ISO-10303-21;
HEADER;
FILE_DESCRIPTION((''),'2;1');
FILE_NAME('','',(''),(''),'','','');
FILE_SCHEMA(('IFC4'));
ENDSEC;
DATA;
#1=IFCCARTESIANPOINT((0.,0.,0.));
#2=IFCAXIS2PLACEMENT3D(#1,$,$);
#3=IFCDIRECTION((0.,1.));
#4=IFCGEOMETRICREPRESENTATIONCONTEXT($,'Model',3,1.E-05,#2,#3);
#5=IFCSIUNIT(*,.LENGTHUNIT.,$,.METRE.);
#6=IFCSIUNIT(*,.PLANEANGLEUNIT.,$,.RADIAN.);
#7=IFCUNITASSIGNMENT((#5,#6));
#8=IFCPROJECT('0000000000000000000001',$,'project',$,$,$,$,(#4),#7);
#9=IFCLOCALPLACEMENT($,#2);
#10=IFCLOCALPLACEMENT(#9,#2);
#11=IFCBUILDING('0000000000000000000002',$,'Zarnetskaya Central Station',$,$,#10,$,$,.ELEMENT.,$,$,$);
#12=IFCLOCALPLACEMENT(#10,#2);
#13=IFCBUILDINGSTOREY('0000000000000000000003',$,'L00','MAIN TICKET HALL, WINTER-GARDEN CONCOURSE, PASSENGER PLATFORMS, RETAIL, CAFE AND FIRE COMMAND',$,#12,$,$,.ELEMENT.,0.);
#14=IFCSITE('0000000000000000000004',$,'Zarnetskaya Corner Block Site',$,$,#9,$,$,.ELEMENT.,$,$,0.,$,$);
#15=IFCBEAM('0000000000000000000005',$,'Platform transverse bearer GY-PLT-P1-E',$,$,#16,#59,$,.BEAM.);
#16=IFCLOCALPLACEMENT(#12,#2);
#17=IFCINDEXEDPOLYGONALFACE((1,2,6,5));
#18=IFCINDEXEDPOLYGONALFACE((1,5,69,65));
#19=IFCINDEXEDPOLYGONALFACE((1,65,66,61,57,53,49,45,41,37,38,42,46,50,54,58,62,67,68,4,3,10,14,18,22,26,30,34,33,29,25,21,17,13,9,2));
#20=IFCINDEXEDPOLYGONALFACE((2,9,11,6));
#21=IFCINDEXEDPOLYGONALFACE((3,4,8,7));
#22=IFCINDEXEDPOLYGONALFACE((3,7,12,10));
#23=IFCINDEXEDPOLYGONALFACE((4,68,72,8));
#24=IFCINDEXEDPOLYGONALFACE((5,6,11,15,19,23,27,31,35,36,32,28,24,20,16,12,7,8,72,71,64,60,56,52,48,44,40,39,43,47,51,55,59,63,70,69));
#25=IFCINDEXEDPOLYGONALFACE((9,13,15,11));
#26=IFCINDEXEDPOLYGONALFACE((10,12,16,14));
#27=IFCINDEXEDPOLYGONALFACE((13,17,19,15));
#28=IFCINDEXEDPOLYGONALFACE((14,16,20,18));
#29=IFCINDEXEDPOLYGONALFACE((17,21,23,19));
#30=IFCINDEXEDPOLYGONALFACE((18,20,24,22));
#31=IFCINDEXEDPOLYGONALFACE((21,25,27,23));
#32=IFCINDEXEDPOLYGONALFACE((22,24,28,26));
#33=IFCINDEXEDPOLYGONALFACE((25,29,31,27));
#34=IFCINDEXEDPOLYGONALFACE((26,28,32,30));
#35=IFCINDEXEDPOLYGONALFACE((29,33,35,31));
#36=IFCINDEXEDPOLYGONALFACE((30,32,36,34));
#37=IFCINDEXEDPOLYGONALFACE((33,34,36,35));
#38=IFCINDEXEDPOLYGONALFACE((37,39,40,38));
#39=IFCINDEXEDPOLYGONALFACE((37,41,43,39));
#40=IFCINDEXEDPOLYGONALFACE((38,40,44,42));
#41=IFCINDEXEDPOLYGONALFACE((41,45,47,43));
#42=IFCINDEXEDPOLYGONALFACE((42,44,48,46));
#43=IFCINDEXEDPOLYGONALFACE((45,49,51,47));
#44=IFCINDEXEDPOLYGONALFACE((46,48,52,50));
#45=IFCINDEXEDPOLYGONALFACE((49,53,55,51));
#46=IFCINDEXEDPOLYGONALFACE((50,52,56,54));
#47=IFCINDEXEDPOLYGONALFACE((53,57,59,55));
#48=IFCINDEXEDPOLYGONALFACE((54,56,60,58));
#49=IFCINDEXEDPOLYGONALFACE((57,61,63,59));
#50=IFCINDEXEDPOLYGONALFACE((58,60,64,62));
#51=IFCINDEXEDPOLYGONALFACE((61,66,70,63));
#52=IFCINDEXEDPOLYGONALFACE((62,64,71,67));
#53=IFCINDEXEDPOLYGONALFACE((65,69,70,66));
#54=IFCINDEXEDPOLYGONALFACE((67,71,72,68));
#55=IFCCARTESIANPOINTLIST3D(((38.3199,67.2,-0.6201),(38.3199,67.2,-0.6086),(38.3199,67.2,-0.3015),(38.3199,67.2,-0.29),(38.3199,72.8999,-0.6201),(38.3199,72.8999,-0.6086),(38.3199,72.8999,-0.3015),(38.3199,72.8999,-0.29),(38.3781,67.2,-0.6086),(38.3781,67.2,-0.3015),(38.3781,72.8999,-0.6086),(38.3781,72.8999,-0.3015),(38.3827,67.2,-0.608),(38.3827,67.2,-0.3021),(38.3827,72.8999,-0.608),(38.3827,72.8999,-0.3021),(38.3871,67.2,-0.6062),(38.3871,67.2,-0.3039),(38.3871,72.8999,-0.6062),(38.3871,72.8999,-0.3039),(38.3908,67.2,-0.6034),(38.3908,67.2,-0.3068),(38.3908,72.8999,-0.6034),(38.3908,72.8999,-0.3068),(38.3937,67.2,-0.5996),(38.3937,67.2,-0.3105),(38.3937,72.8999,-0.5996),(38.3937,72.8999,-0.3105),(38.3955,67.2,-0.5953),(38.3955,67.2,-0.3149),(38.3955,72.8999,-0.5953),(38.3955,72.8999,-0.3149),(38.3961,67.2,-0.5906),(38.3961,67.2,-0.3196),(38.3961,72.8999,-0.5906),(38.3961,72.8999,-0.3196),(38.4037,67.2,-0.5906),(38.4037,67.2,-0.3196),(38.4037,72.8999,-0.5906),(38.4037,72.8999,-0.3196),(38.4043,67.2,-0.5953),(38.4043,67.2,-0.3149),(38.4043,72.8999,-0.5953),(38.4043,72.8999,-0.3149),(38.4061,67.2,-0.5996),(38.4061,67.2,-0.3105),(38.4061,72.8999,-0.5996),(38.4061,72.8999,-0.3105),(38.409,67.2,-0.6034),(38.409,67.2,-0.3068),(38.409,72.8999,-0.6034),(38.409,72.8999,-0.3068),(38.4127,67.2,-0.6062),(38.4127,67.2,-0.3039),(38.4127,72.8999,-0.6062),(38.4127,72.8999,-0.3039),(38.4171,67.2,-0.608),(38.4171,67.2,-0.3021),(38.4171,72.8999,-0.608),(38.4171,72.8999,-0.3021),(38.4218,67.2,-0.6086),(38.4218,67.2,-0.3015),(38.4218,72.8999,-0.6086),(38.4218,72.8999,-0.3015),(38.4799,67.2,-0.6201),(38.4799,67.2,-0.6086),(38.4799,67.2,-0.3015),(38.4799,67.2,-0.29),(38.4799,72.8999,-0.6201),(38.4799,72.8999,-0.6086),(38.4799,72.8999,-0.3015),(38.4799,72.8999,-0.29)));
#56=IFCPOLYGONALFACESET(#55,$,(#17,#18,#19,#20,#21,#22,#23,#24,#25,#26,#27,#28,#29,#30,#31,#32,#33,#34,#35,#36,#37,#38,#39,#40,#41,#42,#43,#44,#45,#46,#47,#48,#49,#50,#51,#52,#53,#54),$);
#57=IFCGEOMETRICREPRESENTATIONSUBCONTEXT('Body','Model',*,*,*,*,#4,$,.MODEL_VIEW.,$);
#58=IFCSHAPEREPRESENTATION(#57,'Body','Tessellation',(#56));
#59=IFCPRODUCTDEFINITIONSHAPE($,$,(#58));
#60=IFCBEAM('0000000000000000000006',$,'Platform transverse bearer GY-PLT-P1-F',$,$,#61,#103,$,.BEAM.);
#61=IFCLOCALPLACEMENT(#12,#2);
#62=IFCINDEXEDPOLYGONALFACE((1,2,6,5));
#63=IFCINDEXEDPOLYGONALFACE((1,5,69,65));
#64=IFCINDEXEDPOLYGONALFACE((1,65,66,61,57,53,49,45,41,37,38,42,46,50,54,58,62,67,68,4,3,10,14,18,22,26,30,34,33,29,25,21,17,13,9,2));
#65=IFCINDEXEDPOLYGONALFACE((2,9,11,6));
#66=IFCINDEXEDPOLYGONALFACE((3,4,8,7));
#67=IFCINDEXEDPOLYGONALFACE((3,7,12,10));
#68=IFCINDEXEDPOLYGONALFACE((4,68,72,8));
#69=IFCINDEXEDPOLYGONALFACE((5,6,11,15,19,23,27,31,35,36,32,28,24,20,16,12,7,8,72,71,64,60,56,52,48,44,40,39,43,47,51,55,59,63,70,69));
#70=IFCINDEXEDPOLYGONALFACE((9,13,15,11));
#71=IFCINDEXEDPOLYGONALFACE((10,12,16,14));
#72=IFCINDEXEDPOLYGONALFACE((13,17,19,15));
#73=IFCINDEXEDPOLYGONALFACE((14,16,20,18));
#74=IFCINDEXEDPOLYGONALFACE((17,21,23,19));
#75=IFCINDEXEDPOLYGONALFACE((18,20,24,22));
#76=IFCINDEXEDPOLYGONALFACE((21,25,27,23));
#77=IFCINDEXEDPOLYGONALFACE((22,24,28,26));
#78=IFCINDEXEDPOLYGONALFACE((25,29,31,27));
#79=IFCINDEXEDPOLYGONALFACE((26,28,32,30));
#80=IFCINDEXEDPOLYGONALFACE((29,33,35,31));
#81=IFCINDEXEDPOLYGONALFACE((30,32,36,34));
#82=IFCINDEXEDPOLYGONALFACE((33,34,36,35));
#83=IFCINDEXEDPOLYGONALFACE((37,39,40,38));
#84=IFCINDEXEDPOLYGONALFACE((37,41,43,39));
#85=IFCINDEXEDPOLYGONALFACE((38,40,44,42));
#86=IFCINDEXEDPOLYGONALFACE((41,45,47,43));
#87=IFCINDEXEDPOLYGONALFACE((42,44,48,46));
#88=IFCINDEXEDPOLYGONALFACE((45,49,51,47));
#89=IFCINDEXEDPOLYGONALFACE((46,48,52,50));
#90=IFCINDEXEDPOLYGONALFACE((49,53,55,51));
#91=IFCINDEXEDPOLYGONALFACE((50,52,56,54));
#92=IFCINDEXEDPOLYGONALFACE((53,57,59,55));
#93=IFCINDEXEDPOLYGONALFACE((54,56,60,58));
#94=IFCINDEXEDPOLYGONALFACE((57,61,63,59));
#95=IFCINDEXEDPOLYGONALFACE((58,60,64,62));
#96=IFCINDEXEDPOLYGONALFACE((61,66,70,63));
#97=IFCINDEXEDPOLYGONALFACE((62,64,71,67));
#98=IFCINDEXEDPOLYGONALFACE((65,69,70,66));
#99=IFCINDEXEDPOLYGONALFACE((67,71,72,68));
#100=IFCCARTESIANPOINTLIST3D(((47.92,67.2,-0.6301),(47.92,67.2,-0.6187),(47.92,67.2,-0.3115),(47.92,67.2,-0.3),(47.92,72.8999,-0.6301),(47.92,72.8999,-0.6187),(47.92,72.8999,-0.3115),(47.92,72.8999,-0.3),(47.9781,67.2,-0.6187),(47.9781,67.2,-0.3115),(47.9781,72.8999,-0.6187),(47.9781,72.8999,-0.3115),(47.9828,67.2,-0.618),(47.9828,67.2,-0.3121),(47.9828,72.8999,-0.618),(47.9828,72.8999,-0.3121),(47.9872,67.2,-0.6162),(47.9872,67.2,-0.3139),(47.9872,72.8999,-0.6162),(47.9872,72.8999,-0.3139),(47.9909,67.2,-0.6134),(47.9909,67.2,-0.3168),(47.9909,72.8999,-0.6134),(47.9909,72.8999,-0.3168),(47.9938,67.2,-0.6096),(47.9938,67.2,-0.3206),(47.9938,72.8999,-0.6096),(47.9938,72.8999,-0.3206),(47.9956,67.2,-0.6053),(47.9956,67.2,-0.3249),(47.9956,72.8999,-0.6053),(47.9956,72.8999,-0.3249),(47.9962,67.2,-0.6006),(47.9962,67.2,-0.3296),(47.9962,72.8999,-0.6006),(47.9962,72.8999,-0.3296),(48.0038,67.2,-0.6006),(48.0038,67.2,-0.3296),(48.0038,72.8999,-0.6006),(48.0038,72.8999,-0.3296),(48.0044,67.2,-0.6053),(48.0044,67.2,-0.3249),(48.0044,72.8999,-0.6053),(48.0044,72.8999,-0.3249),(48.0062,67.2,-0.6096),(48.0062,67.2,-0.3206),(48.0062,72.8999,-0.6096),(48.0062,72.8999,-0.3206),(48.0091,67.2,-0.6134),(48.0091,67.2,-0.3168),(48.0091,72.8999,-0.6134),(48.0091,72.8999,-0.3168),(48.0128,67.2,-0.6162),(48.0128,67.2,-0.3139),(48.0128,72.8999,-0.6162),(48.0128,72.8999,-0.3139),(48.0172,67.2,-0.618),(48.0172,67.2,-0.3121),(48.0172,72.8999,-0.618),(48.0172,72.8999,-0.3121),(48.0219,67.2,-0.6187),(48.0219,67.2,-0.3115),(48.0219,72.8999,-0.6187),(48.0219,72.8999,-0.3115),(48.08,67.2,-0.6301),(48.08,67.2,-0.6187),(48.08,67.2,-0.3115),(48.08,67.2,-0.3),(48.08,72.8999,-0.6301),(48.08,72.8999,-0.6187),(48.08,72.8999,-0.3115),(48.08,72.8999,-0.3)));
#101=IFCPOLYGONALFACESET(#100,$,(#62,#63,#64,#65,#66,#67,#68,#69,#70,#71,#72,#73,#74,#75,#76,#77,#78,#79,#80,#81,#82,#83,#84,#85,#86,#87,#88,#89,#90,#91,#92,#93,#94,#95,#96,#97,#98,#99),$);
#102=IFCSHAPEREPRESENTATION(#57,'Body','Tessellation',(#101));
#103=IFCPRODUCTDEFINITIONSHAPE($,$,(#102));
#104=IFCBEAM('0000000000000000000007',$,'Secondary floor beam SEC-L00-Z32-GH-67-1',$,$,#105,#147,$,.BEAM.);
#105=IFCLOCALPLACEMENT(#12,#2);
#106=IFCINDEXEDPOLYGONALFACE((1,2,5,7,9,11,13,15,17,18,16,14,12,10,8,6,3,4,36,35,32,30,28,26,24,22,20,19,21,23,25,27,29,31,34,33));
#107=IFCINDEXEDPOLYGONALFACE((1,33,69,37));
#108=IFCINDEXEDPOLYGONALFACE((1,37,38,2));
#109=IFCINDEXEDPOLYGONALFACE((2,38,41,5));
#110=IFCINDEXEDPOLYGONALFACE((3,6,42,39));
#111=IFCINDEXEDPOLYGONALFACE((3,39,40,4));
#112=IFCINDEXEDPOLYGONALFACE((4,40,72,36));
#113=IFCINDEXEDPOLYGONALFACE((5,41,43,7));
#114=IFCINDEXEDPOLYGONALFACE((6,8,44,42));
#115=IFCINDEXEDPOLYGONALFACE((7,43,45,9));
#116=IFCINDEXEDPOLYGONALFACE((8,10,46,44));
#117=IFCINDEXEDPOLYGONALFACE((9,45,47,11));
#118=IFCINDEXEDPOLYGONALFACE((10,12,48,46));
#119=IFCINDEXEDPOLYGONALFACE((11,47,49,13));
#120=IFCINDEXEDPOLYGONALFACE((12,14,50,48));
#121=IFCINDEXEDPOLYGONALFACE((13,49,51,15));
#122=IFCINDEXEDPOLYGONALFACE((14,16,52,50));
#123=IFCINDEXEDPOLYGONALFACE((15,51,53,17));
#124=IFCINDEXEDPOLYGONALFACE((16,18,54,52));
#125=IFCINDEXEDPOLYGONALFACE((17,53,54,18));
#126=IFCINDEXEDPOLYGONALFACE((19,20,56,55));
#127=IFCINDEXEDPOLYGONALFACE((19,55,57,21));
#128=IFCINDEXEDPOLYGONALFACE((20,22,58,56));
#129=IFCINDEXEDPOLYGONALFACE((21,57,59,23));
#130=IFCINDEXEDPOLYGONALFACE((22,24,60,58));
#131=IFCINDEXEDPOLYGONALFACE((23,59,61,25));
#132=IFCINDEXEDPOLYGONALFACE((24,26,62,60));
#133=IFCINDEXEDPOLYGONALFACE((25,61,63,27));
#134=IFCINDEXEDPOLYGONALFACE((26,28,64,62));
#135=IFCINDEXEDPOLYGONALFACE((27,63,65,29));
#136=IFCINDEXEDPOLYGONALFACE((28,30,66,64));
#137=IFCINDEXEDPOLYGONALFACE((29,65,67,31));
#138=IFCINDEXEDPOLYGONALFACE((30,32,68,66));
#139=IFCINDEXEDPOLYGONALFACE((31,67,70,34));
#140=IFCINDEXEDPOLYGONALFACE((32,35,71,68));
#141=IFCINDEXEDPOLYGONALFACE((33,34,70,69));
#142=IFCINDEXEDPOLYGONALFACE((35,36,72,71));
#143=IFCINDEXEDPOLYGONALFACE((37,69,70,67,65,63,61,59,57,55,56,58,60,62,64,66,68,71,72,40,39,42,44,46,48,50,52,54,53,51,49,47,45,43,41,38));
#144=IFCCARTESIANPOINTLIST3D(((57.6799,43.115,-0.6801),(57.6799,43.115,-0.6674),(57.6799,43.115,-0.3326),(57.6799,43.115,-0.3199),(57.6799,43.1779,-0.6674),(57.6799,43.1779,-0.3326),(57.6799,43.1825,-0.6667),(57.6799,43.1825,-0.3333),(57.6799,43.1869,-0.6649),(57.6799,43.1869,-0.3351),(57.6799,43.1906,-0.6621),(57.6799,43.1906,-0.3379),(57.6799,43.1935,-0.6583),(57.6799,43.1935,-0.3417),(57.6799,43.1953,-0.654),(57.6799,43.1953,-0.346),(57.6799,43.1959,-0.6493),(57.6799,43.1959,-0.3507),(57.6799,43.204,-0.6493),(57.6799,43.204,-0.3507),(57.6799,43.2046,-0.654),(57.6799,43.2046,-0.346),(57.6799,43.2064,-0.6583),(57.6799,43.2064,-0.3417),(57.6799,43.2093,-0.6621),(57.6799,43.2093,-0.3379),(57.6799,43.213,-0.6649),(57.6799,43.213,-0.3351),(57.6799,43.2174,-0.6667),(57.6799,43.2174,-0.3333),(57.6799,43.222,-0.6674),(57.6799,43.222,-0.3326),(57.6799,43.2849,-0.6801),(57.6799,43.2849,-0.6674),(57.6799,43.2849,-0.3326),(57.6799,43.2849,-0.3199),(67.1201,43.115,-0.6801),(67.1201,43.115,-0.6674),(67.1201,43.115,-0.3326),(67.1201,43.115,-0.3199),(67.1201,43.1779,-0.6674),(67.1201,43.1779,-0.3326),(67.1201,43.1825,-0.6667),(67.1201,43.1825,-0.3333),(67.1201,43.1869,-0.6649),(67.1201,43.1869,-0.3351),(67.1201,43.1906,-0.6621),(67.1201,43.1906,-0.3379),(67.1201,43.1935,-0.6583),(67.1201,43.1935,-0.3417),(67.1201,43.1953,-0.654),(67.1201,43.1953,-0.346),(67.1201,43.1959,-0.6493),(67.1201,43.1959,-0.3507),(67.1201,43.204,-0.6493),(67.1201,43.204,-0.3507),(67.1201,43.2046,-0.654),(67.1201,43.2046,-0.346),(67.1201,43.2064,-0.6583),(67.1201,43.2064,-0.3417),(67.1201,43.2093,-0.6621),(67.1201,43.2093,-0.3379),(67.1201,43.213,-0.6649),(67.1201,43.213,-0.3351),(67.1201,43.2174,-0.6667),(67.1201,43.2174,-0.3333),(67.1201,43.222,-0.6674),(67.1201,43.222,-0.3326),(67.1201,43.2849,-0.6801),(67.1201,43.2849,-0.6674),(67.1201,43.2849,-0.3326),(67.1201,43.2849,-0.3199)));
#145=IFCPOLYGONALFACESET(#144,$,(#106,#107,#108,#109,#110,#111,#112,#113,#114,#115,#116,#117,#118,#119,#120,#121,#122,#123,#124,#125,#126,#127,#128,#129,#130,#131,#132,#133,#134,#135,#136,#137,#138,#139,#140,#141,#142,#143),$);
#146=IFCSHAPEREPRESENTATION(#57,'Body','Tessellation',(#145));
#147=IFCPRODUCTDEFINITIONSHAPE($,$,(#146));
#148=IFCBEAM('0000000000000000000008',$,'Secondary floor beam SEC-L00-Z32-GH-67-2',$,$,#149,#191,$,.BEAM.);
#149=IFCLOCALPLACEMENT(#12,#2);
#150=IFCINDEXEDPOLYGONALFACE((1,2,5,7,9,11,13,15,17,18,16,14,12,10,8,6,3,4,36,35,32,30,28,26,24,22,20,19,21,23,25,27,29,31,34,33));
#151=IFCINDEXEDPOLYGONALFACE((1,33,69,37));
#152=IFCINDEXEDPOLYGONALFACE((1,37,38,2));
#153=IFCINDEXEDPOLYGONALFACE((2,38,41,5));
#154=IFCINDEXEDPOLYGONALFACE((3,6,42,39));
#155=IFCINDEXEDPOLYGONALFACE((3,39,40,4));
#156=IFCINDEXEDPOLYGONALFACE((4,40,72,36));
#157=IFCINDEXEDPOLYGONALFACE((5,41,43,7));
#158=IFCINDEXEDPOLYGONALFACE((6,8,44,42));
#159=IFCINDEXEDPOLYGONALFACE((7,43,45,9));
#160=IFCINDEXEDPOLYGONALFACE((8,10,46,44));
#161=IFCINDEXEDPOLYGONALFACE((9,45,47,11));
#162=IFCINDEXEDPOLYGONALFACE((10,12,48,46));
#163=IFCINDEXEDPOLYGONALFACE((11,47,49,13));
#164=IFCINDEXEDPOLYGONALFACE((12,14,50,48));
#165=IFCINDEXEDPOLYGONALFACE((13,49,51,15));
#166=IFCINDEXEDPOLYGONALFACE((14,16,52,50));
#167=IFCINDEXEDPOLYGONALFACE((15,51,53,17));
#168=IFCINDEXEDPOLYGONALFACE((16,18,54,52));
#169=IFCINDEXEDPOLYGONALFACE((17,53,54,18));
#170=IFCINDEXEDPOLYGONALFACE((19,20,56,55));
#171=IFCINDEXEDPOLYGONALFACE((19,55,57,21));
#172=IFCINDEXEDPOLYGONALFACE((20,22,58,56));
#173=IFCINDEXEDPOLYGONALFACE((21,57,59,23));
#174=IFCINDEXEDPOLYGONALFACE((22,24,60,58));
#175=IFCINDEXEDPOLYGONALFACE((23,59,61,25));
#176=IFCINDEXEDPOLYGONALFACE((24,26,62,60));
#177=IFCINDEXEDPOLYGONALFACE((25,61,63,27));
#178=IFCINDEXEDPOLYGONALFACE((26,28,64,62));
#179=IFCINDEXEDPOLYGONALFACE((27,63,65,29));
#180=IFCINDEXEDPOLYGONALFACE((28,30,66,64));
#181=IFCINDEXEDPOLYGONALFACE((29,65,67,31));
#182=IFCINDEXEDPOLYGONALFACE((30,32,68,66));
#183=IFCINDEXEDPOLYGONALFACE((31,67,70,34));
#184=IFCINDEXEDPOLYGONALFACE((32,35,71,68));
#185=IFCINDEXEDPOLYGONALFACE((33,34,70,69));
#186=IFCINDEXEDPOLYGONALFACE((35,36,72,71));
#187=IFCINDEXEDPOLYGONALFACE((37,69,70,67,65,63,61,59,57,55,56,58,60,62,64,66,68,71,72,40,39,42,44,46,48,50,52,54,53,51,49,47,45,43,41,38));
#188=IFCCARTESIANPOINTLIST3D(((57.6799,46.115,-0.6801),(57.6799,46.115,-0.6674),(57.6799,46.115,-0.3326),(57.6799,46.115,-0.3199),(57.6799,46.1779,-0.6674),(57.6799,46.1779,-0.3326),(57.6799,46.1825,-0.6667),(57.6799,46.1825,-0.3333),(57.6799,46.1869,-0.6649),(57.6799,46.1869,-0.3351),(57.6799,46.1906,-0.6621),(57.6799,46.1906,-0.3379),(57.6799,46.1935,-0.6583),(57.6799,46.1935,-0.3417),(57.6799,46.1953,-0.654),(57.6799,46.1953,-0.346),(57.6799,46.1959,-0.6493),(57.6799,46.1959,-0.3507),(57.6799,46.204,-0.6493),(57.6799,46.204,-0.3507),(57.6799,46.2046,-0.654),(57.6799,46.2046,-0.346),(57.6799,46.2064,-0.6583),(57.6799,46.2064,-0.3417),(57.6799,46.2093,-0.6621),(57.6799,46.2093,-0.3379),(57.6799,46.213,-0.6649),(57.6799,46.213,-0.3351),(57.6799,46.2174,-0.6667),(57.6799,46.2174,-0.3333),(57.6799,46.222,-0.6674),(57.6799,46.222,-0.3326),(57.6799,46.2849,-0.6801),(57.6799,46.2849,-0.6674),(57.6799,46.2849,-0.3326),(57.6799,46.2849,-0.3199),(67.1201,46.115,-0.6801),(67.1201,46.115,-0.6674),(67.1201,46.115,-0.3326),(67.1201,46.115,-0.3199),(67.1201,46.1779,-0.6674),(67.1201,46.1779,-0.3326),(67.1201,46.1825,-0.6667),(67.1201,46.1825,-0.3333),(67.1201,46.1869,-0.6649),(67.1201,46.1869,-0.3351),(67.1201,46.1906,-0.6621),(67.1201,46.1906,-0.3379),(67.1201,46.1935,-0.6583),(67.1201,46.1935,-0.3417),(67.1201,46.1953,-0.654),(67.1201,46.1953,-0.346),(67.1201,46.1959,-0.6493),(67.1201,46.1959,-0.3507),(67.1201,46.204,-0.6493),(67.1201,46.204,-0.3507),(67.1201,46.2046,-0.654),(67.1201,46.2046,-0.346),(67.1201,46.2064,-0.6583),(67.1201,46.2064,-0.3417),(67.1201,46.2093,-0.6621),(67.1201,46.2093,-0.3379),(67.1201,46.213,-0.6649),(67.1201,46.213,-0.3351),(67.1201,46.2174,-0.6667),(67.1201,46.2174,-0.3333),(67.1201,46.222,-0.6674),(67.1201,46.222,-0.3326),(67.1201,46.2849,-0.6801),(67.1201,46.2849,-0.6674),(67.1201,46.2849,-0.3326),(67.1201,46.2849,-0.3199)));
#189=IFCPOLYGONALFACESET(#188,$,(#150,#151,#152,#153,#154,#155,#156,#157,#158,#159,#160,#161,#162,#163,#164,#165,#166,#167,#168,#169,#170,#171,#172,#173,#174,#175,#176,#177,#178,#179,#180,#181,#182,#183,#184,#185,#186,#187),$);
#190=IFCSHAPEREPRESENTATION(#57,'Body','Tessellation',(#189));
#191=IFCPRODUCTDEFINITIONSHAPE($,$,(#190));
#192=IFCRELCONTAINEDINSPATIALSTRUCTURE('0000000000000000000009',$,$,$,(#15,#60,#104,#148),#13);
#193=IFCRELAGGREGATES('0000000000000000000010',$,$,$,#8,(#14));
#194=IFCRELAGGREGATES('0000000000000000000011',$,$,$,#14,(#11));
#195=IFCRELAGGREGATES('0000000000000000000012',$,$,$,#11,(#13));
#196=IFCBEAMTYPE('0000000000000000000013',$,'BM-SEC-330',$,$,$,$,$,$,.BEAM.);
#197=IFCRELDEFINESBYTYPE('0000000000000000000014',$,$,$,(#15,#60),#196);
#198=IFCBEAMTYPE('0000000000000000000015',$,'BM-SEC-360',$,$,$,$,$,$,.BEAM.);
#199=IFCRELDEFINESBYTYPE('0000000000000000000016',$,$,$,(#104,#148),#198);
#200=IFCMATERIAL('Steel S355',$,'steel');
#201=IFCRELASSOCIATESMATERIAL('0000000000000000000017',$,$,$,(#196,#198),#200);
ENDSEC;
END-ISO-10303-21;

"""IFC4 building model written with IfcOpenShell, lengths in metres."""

from ifc_helpers import new_model, si_unit, direction, frame, origin, origin_2d, place, context, subcontext, project, spatial, i_section, extrude, material, material_profile, profile_set, type_object, element, save


model = new_model("IFC4")

# Units and contexts
model_context = context("Model", 3, precision=1e-05, world=origin(), true_north=direction((0.0, 1.0)))
body_context = subcontext(model_context, "Body", "Model", "MODEL_VIEW")
ifc_project = project(units=[si_unit("LENGTHUNIT", "METRE"), si_unit("PLANEANGLEUNIT", "RADIAN")], contexts=[model_context])

# Site, building, storey
site_placement = place(None, origin())
site = spatial("IfcSite", under=ifc_project, at=site_placement, Name="Zarnetskaya Corner Block Site", CompositionType="ELEMENT", RefElevation=0.0)
building_placement = place(site_placement, origin())
building = spatial("IfcBuilding", under=site, at=building_placement, Name="Zarnetskaya Central Station", CompositionType="ELEMENT")
storey_placement = place(building_placement, origin())
storey = spatial("IfcBuildingStorey", under=building, at=storey_placement, Name="L00", Description="MAIN TICKET HALL, WINTER-GARDEN CONCOURSE, PASSENGER PLATFORMS, RETAIL, CAFE AND FIRE COMMAND", CompositionType="ELEMENT", Elevation=0.0)

# Shared definitions
ifc_material_1 = material(Name="Steel S355", Category="steel")

# Beams
ifc_material_profile_1 = material_profile(ifc_material_1, i_section(OverallWidth=0.1599, OverallDepth=0.3301, WebThickness=0.0076, FlangeThickness=0.0115, FilletRadius=0.0181, at=origin_2d()), Name="IPE 330")
ifc_profile_set_1 = profile_set([ifc_material_profile_1], Name="Steel S355")
beam_type_1 = type_object("IfcBeamType", Name="BM-SEC-330", PredefinedType="BEAM", material=ifc_profile_set_1)
for number, where, z_axis, x_axis, name in (
    (1, (38.3999, 67.2, -0.4551), (0.0, 1.0, 0.0), (-1.0, 0.0, 0.0), "Platform transverse bearer GY-PLT-P1-E"),
    (2, (48.0, 67.2, -0.4651), (0.0, 1.0, 0.0), (-1.0, 0.0, 0.0), "Platform transverse bearer GY-PLT-P1-F"),
):
    element("IfcBeam", number, at=place(storey_placement, frame(where, z_axis=z_axis, x_axis=x_axis)), inside=storey, type_object=beam_type_1, Name=name, PredefinedType="BEAM", context=body_context, shape_type="SweptSolid", body=[
        extrude(i_section(OverallWidth=0.1599, OverallDepth=0.3301, WebThickness=0.0076, FlangeThickness=0.0115, FilletRadius=0.0181, at=origin_2d()), origin(), (0.0, 0.0, 1.0), 5.7),
    ])
ifc_material_profile_2 = material_profile(ifc_material_1, i_section(OverallWidth=0.1699, OverallDepth=0.3601, WebThickness=0.0081, FlangeThickness=0.0127, FilletRadius=0.0181, at=origin_2d()), Name="IPE 360")
ifc_profile_set_2 = profile_set([ifc_material_profile_2], Name="Steel S355")
beam_type_2 = type_object("IfcBeamType", Name="BM-SEC-360", PredefinedType="BEAM", material=ifc_profile_set_2)
for number, where, z_axis, x_axis, name in (
    (3, (57.6799, 43.2, -0.5), (1.0, 0.0, 0.0), (0.0, 1.0, 0.0), "Secondary floor beam SEC-L00-Z32-GH-67-1"),
    (4, (57.6799, 46.2, -0.5), (1.0, 0.0, 0.0), (0.0, 1.0, 0.0), "Secondary floor beam SEC-L00-Z32-GH-67-2"),
):
    element("IfcBeam", number, at=place(storey_placement, frame(where, z_axis=z_axis, x_axis=x_axis)), inside=storey, type_object=beam_type_2, Name=name, PredefinedType="BEAM", context=body_context, shape_type="SweptSolid", body=[
        extrude(i_section(OverallWidth=0.1699, OverallDepth=0.3601, WebThickness=0.0081, FlangeThickness=0.0127, FilletRadius=0.0181, at=origin_2d()), origin(), (0.0, 0.0, 1.0), 9.4402),
    ])

save(model, "model.ifc")
